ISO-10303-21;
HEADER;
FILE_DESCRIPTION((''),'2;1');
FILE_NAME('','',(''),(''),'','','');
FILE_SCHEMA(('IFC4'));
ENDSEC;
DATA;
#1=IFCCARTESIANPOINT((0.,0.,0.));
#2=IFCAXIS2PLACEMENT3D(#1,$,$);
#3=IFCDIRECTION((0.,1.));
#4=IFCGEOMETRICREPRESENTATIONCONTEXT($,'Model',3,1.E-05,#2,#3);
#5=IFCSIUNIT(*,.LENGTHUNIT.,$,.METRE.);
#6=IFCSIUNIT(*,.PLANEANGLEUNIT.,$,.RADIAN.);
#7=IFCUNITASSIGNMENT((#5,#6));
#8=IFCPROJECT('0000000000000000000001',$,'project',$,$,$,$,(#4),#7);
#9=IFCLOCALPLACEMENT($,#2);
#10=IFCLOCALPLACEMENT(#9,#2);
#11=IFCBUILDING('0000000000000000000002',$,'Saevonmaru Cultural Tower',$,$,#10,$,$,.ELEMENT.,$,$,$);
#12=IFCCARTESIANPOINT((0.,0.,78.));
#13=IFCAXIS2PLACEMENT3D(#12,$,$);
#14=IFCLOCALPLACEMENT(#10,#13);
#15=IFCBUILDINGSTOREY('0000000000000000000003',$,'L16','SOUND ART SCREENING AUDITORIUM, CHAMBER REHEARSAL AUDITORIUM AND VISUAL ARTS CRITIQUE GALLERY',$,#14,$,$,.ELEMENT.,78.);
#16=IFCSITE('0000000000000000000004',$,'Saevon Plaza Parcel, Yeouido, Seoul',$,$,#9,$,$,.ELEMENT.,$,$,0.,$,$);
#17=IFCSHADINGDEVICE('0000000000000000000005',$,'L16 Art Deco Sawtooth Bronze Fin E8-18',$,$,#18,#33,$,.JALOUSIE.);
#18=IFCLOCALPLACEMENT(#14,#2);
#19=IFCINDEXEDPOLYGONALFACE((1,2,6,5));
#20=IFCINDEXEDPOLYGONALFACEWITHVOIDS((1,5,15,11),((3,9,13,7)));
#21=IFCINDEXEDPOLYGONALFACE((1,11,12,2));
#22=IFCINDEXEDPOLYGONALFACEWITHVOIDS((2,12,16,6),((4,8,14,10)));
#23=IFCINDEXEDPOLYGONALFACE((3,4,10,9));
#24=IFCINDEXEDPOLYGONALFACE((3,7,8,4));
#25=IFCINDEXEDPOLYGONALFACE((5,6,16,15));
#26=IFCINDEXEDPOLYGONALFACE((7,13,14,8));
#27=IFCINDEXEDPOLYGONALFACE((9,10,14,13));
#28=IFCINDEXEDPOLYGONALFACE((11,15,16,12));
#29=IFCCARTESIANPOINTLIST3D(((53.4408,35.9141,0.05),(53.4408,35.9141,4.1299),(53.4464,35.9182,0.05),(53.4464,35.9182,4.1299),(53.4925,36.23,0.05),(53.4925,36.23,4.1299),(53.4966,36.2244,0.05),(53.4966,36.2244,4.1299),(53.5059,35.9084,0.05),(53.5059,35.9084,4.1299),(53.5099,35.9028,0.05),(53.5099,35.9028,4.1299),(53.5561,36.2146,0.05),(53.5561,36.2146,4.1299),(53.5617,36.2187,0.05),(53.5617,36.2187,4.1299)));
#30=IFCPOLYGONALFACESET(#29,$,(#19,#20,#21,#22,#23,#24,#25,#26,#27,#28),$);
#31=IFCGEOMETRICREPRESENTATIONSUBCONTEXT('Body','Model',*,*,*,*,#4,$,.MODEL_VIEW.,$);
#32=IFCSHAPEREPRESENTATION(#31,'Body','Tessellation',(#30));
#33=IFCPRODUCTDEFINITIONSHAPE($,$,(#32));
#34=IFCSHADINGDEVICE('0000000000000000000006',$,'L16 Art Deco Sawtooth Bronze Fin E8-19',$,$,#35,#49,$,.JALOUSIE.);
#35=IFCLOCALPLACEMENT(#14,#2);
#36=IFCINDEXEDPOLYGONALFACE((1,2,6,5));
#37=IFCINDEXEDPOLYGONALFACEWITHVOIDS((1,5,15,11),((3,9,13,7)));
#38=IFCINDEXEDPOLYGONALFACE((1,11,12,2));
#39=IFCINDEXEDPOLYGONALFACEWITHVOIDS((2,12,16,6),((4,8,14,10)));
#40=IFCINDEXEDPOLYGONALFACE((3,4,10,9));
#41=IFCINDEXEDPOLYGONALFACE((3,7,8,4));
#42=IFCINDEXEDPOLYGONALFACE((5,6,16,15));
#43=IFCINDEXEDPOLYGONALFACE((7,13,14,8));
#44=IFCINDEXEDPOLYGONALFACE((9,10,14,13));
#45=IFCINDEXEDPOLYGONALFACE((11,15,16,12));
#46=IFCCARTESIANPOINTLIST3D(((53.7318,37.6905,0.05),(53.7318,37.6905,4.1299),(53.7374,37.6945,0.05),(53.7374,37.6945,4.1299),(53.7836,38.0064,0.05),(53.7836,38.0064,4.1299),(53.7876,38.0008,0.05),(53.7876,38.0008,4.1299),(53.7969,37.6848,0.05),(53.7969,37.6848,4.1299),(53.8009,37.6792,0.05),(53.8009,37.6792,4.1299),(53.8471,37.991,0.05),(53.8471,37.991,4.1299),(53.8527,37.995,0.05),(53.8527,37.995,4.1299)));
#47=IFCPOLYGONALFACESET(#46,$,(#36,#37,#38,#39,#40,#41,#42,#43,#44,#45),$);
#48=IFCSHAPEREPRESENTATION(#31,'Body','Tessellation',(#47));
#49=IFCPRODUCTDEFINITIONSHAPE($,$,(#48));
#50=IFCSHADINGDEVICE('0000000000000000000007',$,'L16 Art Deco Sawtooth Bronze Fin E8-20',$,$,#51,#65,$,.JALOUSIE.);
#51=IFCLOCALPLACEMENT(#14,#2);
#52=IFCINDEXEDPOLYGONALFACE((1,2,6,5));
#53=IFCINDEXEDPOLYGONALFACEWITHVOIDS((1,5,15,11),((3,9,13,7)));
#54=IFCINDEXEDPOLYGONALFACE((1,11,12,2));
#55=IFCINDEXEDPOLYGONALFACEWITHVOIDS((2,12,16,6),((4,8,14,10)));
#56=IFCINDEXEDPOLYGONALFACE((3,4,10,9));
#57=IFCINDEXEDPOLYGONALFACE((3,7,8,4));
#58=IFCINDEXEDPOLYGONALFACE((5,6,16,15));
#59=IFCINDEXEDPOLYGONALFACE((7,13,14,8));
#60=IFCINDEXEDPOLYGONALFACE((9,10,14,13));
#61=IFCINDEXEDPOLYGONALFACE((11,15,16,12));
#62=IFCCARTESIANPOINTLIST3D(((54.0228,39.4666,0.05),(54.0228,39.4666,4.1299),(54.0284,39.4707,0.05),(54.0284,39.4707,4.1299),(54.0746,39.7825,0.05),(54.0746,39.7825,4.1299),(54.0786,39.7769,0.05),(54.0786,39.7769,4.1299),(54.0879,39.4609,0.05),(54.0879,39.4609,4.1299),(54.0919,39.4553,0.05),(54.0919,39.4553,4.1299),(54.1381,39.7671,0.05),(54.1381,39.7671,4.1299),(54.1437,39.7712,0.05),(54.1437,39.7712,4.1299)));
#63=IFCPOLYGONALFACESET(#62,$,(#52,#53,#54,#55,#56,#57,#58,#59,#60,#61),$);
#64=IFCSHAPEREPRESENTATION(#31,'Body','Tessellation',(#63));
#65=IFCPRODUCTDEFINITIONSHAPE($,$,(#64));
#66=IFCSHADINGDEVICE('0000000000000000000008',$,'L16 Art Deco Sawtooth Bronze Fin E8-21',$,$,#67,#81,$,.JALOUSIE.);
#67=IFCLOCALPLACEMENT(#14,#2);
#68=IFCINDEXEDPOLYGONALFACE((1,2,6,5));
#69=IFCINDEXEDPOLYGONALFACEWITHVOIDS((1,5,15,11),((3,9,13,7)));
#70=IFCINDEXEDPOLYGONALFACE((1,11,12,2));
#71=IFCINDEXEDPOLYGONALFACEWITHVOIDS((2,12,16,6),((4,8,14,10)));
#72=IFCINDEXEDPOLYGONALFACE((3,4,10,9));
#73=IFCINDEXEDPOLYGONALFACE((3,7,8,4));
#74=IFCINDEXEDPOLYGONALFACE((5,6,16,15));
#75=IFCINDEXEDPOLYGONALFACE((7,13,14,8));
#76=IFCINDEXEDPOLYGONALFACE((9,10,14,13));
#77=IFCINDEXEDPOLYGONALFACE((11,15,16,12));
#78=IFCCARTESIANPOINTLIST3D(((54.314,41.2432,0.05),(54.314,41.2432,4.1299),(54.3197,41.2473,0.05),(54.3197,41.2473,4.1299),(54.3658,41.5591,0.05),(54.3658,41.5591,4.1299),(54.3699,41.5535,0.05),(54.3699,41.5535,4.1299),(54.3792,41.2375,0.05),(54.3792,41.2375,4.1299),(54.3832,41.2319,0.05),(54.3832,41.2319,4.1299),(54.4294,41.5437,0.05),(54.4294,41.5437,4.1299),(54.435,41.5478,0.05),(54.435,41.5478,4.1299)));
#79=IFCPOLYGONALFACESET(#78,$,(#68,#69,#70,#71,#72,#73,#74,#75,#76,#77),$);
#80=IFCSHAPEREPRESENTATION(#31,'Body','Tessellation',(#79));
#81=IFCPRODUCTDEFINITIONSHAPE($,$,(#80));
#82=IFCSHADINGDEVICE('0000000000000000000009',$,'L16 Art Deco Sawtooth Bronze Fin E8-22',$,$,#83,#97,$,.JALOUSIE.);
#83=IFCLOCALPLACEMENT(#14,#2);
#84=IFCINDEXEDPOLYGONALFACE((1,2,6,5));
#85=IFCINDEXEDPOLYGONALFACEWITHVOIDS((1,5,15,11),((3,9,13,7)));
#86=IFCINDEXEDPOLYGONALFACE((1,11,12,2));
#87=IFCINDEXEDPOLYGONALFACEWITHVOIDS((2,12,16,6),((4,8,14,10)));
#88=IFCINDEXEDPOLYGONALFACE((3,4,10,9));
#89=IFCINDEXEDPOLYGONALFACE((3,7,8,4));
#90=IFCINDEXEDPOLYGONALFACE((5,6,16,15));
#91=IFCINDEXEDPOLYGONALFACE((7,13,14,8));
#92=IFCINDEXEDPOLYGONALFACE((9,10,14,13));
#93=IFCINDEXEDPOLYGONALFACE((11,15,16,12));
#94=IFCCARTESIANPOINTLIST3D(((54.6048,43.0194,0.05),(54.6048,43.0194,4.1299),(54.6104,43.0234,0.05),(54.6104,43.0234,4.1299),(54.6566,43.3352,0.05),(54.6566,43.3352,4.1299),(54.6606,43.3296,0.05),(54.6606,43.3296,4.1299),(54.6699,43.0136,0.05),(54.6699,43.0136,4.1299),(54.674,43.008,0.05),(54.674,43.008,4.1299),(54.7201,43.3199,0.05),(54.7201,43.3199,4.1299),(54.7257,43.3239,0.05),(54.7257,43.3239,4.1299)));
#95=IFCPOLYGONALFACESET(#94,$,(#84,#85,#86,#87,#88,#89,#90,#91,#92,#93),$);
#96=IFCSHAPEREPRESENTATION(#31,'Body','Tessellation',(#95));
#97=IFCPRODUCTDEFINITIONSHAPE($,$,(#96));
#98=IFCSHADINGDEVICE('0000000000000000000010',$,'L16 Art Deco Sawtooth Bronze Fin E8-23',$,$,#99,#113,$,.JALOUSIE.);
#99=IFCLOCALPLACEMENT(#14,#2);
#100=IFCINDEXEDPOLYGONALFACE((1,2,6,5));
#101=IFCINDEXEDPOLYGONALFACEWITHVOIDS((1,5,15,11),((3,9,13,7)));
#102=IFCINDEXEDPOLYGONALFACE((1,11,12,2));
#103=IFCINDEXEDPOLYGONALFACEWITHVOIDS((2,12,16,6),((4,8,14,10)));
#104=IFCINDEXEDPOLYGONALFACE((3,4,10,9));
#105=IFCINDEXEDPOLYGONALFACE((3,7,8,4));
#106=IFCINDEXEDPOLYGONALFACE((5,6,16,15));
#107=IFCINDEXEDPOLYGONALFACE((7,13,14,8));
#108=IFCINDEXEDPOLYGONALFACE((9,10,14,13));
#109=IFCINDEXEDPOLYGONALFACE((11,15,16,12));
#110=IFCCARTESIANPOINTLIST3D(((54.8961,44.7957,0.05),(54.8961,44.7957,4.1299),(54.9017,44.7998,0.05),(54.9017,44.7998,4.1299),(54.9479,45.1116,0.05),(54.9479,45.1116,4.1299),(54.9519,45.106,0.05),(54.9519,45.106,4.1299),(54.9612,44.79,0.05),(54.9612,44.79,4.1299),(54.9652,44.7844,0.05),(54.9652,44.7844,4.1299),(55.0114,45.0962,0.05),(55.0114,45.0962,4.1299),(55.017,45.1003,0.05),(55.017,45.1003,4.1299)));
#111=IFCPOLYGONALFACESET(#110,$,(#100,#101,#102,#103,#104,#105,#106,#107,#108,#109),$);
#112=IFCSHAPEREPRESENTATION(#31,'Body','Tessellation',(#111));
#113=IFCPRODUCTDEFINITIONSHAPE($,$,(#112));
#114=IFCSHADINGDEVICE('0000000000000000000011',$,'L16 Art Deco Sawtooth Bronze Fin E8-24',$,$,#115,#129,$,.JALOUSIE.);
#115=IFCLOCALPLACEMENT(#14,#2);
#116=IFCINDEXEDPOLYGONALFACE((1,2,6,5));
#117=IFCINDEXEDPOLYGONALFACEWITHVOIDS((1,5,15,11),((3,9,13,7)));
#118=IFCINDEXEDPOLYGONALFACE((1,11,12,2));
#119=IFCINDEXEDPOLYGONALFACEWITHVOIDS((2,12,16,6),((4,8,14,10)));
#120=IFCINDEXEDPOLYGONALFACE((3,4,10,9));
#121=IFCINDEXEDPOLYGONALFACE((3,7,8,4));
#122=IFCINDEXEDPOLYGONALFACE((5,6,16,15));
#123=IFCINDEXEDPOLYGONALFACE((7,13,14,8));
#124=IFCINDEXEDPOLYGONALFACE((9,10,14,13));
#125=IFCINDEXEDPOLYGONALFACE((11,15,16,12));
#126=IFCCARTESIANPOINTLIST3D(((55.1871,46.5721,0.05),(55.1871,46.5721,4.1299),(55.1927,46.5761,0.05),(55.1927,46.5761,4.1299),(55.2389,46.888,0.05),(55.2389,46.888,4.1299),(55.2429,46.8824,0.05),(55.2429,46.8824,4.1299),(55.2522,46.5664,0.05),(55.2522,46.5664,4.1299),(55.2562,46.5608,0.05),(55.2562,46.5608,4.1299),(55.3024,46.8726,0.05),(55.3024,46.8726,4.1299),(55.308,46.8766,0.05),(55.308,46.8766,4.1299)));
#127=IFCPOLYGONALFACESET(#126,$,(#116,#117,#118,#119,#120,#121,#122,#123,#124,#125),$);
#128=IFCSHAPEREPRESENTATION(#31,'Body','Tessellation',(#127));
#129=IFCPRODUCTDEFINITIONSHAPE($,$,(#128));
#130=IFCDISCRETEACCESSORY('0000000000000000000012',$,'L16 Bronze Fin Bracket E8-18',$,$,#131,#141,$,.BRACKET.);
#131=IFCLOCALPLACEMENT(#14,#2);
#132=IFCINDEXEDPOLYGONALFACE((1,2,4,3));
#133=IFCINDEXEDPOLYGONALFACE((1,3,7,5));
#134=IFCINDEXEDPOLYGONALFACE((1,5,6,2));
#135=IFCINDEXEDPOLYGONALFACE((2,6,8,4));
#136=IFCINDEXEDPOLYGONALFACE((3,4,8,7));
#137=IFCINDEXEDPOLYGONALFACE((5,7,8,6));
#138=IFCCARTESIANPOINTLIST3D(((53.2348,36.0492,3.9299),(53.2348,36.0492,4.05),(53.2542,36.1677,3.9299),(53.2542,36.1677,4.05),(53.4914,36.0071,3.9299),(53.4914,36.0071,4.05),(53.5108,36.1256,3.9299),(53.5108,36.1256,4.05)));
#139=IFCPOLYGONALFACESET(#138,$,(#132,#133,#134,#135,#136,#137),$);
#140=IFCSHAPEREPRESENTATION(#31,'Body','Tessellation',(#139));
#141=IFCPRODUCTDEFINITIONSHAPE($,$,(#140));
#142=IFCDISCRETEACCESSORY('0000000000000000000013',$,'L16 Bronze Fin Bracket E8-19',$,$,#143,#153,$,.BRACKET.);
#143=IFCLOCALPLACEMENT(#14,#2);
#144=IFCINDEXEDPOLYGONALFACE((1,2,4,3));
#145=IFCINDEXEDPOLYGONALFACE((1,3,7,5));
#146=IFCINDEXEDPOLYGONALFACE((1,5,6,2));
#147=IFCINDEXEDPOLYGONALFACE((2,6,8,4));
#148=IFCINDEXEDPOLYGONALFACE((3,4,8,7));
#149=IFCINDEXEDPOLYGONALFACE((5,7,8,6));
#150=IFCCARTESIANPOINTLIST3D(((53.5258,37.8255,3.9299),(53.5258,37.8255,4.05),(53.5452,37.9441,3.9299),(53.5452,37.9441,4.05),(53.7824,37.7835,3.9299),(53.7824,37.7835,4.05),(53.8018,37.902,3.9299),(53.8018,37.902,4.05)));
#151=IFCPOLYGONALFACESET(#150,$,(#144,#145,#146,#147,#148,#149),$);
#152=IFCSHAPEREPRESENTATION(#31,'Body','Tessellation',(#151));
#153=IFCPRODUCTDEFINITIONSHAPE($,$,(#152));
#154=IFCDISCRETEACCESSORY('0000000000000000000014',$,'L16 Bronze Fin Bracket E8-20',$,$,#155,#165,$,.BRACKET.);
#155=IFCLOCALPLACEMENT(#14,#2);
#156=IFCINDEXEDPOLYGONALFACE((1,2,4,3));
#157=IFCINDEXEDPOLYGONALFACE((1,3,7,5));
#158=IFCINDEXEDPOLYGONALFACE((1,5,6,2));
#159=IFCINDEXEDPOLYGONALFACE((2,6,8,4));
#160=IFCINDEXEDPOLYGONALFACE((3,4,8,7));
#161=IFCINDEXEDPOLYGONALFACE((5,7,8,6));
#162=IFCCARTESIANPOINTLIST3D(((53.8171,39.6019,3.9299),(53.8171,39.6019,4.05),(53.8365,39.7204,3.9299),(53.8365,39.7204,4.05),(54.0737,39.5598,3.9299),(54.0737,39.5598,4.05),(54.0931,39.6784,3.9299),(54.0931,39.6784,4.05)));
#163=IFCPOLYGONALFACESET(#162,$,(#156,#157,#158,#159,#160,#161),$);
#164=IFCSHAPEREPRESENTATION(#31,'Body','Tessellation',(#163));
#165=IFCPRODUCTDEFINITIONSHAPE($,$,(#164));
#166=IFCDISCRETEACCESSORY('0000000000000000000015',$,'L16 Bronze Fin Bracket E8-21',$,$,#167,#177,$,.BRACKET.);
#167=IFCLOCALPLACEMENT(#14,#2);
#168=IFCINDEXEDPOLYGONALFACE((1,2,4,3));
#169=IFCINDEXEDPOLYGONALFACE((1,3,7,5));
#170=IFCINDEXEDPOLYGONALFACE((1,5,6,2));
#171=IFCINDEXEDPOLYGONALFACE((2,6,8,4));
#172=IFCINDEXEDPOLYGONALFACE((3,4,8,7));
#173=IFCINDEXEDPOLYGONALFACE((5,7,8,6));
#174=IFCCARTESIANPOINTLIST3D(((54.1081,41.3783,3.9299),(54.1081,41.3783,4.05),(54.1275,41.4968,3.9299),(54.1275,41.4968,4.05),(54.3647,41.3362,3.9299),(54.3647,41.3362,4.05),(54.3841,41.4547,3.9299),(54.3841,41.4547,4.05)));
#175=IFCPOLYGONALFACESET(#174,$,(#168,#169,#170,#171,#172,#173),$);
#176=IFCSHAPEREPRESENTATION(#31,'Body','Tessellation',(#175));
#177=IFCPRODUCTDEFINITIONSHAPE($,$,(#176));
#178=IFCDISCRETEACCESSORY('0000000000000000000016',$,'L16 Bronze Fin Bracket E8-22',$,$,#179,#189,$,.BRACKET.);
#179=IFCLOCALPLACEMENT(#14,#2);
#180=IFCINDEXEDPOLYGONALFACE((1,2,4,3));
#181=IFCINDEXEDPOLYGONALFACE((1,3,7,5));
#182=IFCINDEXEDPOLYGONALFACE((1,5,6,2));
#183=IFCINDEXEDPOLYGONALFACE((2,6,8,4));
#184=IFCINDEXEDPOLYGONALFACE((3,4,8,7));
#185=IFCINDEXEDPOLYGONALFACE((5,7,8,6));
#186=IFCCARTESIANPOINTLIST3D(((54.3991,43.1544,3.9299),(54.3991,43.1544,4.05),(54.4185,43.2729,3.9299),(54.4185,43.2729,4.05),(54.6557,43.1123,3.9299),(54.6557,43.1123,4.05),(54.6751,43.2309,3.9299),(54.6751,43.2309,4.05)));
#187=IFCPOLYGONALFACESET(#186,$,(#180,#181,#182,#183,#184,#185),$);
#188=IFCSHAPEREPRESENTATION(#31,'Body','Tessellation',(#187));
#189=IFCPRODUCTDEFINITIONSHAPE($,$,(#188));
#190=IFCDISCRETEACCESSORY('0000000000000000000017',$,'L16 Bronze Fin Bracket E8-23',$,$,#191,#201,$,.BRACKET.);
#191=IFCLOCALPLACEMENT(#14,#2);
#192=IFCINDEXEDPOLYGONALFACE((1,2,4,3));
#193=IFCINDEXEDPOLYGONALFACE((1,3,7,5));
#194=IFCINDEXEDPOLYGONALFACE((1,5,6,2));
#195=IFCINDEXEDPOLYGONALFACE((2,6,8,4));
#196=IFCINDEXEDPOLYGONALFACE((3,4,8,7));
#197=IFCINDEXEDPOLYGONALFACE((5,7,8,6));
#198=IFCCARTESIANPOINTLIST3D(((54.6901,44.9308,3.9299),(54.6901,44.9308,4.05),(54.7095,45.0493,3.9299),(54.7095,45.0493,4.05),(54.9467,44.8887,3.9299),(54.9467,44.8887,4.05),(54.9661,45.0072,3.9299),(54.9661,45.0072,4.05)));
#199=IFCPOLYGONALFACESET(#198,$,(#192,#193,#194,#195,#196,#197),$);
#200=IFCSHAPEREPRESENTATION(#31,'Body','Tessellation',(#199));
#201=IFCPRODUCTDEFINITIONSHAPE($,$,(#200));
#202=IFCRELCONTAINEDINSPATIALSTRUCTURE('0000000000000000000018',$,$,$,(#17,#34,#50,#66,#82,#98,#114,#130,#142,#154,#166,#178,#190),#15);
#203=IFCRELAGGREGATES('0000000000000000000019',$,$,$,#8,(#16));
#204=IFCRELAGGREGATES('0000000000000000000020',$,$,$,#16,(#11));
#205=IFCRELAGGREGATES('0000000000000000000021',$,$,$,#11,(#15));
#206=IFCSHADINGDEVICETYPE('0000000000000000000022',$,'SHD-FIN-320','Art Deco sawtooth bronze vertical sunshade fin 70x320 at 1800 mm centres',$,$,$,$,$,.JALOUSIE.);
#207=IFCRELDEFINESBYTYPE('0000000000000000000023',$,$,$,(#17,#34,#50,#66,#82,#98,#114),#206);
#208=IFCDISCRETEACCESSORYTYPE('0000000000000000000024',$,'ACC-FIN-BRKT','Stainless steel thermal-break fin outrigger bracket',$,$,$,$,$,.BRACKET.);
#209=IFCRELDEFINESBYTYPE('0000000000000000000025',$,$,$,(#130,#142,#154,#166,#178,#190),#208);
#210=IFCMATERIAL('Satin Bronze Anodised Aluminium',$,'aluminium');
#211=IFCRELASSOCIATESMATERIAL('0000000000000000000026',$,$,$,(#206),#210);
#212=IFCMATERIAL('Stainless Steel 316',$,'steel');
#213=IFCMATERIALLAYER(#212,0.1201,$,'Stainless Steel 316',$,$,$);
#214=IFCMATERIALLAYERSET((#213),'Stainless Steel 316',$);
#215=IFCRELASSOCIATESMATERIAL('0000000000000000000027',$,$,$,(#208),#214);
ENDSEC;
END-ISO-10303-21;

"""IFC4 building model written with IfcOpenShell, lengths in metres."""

from ifc_helpers import new_model, si_unit, direction, frame, origin, origin_2d, place, context, subcontext, project, spatial, rectangle, hollow_rectangle, extrude, material, layer, layer_set, material_profile, profile_set, type_object, element, save


model = new_model("IFC4")

# Units and contexts
model_context = context("Model", 3, precision=1e-05, world=origin(), true_north=direction((0.0, 1.0)))
body_context = subcontext(model_context, "Body", "Model", "MODEL_VIEW")
ifc_project = project(units=[si_unit("LENGTHUNIT", "METRE"), si_unit("PLANEANGLEUNIT", "RADIAN")], contexts=[model_context])

# Site, building, storey
site_placement = place(None, origin())
site = spatial("IfcSite", under=ifc_project, at=site_placement, Name="Saevon Plaza Parcel, Yeouido, Seoul", CompositionType="ELEMENT", RefElevation=0.0)
building_placement = place(site_placement, origin())
building = spatial("IfcBuilding", under=site, at=building_placement, Name="Saevonmaru Cultural Tower", CompositionType="ELEMENT")
storey_placement = place(building_placement, frame((0.0, 0.0, 78.0)))
storey = spatial("IfcBuildingStorey", under=building, at=storey_placement, Name="L16", Description="SOUND ART SCREENING AUDITORIUM, CHAMBER REHEARSAL AUDITORIUM AND VISUAL ARTS CRITIQUE GALLERY", CompositionType="ELEMENT", Elevation=78.0)

# Shared definitions
ifc_material_1 = material(Name="Satin Bronze Anodised Aluminium", Category="aluminium")

# Shading devices
ifc_material_profile_1 = material_profile(ifc_material_1, hollow_rectangle(XDim=0.0701, YDim=0.3201, WallThickness=0.0049, at=origin_2d()), Name="FIN-320x70")
ifc_profile_set_1 = profile_set([ifc_material_profile_1], Name="Satin Bronze Anodised Aluminium")
shading_device_type = type_object("IfcShadingDeviceType", Name="SHD-FIN-320", Description="Art Deco sawtooth bronze vertical sunshade fin 70x320 at 1800 mm centres", PredefinedType="JALOUSIE", material=ifc_profile_set_1)
for number, where, z_axis, x_axis, name in (
    (1, (53.5012, 36.0664, 0.05), (0.0, 0.0, 1.0), (0.986827, -0.161776, 0.0), "L16 Art Deco Sawtooth Bronze Fin E8-18"),
    (2, (53.7922, 37.8428, 0.05), (0.0, 0.0, 1.0), (0.986827, -0.161776, 0.0), "L16 Art Deco Sawtooth Bronze Fin E8-19"),
    (3, (54.0833, 39.6189, 0.05), (0.0, 0.0, 1.0), (0.986827, -0.161776, 0.0), "L16 Art Deco Sawtooth Bronze Fin E8-20"),
    (4, (54.3745, 41.3955, 0.05), (0.0, 0.0, 1.0), (0.986827, -0.161776, 0.0), "L16 Art Deco Sawtooth Bronze Fin E8-21"),
    (5, (54.6653, 43.1716, 0.05), (0.0, 0.0, 1.0), (0.986827, -0.161776, 0.0), "L16 Art Deco Sawtooth Bronze Fin E8-22"),
    (6, (54.9565, 44.948, 0.05), (0.0, 0.0, 1.0), (0.986827, -0.161776, 0.0), "L16 Art Deco Sawtooth Bronze Fin E8-23"),
    (7, (55.2476, 46.7244, 0.05), (0.0, 0.0, 1.0), (0.986827, -0.161776, 0.0), "L16 Art Deco Sawtooth Bronze Fin E8-24"),
):
    element("IfcShadingDevice", number, at=place(storey_placement, frame(where, z_axis=z_axis, x_axis=x_axis)), inside=storey, type_object=shading_device_type, Name=name, PredefinedType="JALOUSIE", context=body_context, shape_type="SweptSolid", body=[
        extrude(hollow_rectangle(XDim=0.0701, YDim=0.3201, WallThickness=0.0049, at=origin_2d()), origin(), (0.0, 0.0, 1.0), 4.0798),
    ])

# Discrete accessories
ifc_material_2 = material(Name="Stainless Steel 316", Category="steel")
ifc_layer_1 = layer(ifc_material_2, 0.1201, Name="Stainless Steel 316")
ifc_layer_set_1 = layer_set([ifc_layer_1], Name="Stainless Steel 316")
discrete_accessory_type = type_object("IfcDiscreteAccessoryType", Name="ACC-FIN-BRKT", Description="Stainless steel thermal-break fin outrigger bracket", PredefinedType="BRACKET", material=ifc_layer_set_1)
for number, where, z_axis, x_axis, name in (
    (8, (53.3728, 36.0874, 3.9299), (0.0, 0.0, 1.0), (0.986827, -0.161776, 0.0), "L16 Bronze Fin Bracket E8-18"),
    (9, (53.6638, 37.8638, 3.9299), (0.0, 0.0, 1.0), (0.986827, -0.161776, 0.0), "L16 Bronze Fin Bracket E8-19"),
    (10, (53.9551, 39.6401, 3.9299), (0.0, 0.0, 1.0), (0.986827, -0.161776, 0.0), "L16 Bronze Fin Bracket E8-20"),
    (11, (54.2461, 41.4165, 3.9299), (0.0, 0.0, 1.0), (0.986827, -0.161776, 0.0), "L16 Bronze Fin Bracket E8-21"),
    (12, (54.5371, 43.1926, 3.9299), (0.0, 0.0, 1.0), (0.986827, -0.161776, 0.0), "L16 Bronze Fin Bracket E8-22"),
    (13, (54.8281, 44.969, 3.9299), (0.0, 0.0, 1.0), (0.986827, -0.161776, 0.0), "L16 Bronze Fin Bracket E8-23"),
):
    element("IfcDiscreteAccessory", number, at=place(storey_placement, frame(where, z_axis=z_axis, x_axis=x_axis)), inside=storey, type_object=discrete_accessory_type, Name=name, PredefinedType="BRACKET", context=body_context, shape_type="SweptSolid", body=[
        extrude(rectangle(XDim=0.26, YDim=0.1201, at=origin_2d()), origin(), (0.0, 0.0, 1.0), 0.1201),
    ])

save(model, "model.ifc")
